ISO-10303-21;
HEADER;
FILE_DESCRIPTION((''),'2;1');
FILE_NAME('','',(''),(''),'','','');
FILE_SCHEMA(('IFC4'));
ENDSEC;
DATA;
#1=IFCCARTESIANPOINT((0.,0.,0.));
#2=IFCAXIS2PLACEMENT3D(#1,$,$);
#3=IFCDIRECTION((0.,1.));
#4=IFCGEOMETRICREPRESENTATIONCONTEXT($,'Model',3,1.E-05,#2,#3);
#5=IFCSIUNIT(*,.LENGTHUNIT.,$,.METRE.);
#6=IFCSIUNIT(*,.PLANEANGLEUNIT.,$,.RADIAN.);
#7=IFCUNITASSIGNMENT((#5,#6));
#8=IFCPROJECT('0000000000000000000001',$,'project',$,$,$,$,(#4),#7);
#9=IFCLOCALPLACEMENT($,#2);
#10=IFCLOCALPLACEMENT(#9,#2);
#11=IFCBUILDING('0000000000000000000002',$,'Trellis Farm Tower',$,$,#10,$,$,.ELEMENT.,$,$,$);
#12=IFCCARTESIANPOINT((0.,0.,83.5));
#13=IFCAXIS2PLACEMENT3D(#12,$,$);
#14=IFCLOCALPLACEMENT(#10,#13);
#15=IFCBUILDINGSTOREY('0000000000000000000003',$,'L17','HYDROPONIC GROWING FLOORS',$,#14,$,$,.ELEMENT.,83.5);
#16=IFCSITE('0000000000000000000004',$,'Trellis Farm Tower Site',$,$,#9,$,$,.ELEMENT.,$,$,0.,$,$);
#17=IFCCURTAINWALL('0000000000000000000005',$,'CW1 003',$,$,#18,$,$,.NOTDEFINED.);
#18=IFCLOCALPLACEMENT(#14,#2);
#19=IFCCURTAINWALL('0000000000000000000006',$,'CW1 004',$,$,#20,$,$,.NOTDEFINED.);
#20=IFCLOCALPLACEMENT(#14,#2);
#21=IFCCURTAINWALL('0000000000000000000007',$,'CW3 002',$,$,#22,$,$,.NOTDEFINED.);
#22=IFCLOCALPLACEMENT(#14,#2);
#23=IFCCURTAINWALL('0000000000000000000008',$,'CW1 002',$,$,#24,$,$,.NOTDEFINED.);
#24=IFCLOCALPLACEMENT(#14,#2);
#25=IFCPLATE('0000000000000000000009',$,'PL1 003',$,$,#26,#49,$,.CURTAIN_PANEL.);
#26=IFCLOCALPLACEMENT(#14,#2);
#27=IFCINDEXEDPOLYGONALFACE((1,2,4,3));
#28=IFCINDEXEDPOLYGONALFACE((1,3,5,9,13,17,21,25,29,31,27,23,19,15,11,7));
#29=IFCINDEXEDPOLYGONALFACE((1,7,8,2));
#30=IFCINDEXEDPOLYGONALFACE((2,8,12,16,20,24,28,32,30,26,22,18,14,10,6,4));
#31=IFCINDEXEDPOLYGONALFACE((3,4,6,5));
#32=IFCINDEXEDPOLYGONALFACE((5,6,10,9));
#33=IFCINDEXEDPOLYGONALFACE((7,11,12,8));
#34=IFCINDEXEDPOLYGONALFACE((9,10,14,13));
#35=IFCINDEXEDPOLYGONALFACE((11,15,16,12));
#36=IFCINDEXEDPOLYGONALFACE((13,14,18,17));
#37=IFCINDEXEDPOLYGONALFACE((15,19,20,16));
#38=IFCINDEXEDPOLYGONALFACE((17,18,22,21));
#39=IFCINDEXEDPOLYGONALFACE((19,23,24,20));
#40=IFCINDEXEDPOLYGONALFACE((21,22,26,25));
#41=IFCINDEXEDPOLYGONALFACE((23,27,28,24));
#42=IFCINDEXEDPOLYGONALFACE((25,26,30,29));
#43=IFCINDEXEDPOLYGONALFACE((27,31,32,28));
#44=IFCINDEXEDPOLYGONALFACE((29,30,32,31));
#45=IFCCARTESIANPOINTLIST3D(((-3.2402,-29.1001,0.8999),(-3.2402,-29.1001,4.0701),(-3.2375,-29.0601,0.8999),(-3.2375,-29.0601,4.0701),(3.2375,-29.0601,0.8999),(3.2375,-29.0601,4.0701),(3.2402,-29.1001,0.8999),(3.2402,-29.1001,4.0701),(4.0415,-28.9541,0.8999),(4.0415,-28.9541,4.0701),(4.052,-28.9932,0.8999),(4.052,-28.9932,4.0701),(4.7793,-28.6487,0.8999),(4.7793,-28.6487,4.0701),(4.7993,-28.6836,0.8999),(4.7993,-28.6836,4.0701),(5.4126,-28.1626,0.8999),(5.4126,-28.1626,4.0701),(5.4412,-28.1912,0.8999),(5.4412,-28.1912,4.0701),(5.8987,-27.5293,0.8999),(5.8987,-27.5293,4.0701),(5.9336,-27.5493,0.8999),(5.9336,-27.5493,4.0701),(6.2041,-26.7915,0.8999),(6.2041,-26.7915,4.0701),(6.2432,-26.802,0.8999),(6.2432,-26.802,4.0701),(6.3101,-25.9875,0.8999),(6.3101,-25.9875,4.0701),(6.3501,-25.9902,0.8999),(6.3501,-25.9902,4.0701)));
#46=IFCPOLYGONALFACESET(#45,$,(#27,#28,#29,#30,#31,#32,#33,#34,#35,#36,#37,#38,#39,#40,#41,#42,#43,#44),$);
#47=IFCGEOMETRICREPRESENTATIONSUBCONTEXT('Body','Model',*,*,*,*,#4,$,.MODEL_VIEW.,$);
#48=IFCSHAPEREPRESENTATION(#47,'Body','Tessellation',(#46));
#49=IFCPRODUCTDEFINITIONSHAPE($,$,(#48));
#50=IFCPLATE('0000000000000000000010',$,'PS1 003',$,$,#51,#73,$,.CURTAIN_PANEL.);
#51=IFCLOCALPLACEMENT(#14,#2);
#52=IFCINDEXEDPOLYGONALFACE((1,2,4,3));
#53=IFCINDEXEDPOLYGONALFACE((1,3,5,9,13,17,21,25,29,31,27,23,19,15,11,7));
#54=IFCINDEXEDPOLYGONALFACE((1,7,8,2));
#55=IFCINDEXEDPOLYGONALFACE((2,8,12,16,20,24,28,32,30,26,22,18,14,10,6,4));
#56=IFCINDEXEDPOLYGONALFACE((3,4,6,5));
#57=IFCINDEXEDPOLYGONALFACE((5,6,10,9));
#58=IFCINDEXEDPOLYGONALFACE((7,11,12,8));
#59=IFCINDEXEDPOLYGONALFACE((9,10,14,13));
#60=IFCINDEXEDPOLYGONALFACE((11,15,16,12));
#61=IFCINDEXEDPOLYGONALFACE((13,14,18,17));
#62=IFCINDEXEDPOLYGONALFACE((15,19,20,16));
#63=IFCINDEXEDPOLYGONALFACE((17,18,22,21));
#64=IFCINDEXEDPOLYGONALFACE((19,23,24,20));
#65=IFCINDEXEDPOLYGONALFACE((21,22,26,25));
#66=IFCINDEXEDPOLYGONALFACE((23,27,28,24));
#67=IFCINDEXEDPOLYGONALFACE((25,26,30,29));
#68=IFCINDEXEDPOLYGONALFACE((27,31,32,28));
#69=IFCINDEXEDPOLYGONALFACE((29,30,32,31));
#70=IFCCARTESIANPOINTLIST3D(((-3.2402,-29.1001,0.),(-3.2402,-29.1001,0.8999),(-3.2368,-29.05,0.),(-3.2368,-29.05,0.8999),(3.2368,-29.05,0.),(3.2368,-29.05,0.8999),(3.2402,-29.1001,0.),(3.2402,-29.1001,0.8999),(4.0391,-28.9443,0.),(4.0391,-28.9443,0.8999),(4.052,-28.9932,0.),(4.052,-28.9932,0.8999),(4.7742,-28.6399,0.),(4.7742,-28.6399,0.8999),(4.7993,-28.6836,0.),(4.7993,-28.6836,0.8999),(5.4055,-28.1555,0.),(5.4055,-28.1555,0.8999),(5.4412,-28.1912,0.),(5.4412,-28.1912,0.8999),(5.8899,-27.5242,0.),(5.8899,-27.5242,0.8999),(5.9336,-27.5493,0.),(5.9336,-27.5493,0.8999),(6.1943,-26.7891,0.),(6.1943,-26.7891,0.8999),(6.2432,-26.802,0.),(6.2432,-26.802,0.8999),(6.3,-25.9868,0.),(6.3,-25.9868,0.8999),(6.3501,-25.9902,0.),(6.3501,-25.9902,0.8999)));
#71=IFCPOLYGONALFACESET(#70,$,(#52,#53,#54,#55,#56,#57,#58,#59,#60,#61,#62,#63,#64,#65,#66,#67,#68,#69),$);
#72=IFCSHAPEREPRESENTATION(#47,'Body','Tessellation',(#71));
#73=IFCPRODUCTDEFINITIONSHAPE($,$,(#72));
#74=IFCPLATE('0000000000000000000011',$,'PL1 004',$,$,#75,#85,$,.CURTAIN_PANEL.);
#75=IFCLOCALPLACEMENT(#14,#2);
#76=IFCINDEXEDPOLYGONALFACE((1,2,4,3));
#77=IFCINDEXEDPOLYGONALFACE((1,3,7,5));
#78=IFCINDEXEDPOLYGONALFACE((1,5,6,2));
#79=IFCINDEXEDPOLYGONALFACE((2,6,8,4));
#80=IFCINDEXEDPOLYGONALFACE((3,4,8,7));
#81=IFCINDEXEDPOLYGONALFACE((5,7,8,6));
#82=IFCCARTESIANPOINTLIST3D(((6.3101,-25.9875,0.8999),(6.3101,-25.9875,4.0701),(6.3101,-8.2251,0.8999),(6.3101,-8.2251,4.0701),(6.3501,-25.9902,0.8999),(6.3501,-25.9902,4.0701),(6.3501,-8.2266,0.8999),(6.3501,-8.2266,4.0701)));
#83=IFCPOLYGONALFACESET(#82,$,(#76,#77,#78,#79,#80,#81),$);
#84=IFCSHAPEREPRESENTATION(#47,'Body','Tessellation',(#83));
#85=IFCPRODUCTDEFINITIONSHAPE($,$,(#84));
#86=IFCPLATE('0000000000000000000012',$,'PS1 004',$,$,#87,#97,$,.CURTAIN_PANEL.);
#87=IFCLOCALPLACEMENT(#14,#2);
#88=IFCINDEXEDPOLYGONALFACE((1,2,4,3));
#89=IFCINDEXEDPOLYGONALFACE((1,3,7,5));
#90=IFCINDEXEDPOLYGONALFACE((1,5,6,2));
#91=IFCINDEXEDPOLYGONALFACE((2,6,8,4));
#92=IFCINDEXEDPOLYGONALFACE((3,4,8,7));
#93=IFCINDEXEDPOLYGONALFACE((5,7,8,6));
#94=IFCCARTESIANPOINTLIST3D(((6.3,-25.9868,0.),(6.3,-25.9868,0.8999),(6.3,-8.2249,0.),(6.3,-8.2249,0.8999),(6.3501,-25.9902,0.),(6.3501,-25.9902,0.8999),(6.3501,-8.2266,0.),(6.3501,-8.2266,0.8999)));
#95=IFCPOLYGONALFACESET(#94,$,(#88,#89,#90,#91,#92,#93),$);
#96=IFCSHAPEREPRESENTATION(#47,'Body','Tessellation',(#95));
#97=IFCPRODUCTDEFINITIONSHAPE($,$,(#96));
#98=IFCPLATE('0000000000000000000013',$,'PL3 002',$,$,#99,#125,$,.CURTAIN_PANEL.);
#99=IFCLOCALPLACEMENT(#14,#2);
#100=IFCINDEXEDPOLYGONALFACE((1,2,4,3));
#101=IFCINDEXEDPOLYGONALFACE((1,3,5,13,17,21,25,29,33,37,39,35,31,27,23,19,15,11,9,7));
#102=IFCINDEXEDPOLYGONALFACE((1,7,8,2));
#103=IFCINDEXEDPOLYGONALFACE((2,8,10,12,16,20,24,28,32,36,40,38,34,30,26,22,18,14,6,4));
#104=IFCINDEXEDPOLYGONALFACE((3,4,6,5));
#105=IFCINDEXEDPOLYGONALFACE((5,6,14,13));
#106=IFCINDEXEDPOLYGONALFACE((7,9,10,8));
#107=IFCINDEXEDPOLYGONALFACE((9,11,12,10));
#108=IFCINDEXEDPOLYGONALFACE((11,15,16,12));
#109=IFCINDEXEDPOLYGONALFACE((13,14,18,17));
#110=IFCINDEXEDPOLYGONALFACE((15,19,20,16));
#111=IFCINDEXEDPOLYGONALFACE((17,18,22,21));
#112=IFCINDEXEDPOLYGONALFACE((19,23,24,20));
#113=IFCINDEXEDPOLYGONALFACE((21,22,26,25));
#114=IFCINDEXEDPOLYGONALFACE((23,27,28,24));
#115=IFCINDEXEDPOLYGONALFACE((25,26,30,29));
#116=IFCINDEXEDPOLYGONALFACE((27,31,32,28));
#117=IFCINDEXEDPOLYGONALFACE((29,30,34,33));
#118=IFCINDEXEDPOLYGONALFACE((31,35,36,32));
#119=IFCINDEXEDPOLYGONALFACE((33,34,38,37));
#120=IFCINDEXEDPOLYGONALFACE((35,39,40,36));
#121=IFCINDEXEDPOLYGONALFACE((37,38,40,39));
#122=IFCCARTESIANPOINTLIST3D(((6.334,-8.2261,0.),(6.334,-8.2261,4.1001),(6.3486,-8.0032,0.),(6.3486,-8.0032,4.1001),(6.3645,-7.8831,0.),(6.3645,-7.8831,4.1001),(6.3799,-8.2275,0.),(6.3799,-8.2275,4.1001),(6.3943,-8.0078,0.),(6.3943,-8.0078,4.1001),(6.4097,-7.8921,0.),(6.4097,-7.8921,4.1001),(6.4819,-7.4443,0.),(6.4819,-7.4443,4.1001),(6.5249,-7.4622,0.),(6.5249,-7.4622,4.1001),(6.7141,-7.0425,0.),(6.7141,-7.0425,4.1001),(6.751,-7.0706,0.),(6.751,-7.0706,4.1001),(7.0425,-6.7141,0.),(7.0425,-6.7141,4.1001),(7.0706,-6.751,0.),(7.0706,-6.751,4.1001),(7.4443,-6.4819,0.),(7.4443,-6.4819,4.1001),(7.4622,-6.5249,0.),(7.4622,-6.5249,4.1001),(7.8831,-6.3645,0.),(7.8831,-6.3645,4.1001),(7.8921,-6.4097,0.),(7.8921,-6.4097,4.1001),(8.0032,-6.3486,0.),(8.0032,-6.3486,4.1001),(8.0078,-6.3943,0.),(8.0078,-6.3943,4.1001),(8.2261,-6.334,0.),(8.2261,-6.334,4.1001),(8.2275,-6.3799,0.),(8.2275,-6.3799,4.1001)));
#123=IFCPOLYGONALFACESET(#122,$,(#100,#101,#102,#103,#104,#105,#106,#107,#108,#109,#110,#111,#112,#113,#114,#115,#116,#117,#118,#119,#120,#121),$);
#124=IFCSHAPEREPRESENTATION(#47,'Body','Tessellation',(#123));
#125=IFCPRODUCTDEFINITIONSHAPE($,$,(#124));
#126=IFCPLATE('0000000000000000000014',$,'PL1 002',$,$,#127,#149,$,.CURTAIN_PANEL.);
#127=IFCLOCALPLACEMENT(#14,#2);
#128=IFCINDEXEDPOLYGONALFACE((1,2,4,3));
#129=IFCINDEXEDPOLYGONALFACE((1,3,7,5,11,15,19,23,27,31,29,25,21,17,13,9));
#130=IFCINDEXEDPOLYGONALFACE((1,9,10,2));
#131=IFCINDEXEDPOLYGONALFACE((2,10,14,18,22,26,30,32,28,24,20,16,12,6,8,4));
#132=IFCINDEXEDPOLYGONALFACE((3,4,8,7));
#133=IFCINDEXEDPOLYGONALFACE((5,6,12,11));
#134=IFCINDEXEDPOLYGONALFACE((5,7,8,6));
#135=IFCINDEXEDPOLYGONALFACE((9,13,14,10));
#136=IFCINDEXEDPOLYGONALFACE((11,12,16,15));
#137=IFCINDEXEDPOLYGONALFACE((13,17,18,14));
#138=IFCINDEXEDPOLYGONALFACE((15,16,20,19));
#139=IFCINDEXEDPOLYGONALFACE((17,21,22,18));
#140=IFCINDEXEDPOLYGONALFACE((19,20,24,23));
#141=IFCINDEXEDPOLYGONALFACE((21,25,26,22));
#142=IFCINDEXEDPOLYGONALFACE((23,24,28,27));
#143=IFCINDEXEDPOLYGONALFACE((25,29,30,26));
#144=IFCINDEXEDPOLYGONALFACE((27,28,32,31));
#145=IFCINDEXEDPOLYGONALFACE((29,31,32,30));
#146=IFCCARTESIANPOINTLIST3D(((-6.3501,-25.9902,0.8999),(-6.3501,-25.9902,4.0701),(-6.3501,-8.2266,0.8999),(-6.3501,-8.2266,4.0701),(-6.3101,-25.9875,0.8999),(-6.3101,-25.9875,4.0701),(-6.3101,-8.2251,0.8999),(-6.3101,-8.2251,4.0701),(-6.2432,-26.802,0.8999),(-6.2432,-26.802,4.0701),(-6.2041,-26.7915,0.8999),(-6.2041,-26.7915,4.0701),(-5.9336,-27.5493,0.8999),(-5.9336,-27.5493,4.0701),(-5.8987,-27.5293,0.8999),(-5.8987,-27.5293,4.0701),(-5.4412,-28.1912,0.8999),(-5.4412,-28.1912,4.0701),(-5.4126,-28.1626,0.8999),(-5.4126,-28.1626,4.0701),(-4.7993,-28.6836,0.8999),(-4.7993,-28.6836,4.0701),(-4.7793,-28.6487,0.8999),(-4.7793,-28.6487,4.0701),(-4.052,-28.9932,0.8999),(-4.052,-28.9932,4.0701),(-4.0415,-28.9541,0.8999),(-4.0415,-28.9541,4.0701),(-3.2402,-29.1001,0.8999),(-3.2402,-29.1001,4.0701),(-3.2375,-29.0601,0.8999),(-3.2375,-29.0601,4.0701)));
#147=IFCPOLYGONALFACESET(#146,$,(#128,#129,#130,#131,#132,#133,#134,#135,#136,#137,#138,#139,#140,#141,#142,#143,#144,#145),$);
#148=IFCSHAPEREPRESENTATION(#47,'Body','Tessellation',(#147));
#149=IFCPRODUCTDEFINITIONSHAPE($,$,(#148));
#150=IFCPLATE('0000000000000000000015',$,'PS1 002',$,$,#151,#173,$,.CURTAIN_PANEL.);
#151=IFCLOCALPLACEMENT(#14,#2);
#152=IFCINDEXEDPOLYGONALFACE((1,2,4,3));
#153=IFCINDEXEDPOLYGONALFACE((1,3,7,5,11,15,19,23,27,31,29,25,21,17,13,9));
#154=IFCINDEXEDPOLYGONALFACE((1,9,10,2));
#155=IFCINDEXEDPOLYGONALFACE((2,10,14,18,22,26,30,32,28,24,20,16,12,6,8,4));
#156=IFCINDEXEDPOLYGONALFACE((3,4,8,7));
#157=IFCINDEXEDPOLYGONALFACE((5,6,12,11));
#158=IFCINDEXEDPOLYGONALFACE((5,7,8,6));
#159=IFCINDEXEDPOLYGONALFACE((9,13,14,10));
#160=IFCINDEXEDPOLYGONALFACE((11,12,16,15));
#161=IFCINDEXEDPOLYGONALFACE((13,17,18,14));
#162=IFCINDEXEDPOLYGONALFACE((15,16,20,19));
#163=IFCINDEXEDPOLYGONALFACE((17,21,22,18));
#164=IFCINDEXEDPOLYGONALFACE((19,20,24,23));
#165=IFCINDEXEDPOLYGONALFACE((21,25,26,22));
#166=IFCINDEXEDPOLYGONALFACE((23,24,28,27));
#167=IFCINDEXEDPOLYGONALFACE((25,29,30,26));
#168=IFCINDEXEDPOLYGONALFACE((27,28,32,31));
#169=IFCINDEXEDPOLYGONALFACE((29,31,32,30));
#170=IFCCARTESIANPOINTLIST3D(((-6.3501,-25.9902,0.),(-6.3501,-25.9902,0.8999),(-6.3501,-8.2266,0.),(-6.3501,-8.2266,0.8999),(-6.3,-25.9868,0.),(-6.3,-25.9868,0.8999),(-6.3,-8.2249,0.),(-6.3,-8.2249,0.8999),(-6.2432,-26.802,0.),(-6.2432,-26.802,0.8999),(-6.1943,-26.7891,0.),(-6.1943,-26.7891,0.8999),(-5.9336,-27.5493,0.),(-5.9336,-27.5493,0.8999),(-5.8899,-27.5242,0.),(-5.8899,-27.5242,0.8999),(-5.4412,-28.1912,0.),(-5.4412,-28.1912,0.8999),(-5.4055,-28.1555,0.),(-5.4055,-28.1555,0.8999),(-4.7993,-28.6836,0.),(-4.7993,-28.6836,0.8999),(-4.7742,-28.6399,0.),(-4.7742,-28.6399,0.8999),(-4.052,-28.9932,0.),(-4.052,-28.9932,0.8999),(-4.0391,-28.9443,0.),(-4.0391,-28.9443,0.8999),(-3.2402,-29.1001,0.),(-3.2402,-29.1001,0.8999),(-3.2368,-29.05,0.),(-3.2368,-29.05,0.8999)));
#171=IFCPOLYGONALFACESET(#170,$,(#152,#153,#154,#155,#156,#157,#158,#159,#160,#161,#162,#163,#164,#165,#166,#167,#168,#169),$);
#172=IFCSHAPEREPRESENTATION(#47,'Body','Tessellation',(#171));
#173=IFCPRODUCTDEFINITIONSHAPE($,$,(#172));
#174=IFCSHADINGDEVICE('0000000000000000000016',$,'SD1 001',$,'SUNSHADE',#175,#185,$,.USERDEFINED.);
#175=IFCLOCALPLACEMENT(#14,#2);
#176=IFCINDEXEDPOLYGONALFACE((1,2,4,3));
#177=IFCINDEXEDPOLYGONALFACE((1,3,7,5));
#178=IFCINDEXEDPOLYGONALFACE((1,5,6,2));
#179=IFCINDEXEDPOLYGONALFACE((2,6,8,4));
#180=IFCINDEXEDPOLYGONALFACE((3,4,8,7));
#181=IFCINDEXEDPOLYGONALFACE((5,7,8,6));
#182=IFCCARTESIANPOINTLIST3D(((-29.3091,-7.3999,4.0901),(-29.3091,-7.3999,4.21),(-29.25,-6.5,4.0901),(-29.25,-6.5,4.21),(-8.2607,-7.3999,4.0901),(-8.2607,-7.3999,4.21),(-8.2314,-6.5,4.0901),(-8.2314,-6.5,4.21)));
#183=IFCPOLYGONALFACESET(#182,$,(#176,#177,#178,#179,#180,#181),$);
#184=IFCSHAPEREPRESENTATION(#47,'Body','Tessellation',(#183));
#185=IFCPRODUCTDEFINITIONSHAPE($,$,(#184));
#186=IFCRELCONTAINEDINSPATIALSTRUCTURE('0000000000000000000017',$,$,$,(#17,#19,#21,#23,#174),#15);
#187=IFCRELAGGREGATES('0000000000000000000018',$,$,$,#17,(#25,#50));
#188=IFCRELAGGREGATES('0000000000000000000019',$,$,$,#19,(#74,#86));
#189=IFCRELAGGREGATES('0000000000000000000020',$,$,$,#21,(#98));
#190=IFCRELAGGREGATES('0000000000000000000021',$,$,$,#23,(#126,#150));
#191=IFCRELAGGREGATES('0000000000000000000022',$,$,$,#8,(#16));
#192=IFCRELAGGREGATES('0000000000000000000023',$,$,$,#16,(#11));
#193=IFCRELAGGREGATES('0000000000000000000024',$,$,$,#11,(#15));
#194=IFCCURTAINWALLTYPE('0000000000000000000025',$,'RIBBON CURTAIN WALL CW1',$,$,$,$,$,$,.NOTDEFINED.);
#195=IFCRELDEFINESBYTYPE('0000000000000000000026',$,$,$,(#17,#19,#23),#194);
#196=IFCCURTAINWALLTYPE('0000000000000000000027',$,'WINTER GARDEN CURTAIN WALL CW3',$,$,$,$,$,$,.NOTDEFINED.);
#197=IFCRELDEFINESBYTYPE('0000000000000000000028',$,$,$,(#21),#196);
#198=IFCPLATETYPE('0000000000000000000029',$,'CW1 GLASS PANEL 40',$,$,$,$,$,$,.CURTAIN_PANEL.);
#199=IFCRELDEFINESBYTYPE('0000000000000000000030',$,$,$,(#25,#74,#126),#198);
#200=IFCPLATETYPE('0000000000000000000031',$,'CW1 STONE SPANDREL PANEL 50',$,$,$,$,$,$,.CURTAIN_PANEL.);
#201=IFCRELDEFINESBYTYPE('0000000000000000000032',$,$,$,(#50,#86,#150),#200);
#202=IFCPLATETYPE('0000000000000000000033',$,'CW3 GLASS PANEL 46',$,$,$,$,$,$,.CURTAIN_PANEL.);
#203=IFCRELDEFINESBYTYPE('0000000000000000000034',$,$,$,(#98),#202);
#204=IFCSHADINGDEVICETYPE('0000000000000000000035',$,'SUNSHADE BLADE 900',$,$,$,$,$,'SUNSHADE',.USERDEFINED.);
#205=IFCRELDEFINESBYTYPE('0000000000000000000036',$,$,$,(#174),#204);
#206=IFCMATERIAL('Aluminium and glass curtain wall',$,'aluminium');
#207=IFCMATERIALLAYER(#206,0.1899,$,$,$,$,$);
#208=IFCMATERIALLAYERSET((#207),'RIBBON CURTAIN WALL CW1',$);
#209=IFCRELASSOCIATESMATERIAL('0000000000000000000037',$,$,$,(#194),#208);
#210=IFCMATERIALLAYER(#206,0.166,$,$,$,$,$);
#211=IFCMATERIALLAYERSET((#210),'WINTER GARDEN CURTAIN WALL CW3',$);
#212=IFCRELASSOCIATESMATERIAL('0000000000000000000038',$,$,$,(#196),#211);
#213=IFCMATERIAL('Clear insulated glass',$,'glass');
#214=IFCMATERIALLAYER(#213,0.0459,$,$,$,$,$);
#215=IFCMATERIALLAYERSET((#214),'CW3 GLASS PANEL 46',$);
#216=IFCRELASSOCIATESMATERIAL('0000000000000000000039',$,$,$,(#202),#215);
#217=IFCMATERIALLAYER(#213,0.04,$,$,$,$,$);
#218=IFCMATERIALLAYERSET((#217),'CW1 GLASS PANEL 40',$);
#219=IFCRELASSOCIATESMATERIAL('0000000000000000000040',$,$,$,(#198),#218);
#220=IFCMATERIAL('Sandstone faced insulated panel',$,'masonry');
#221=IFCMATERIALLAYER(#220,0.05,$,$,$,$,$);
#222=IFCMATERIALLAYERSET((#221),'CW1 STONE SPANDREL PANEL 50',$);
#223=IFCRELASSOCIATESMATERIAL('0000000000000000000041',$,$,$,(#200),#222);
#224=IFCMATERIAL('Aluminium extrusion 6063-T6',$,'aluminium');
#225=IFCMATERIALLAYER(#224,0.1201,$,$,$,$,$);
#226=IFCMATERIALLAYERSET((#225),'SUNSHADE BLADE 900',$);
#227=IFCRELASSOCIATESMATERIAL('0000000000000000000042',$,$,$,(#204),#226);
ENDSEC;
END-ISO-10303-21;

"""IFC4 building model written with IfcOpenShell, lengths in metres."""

from ifc_helpers import new_model, si_unit, direction, frame, origin, place, context, subcontext, project, spatial, polyline, outline, extrude, source, transform, mapped, material, layer, layer_set, type_object, element, aggregate, save


model = new_model("IFC4")

# Units and contexts
model_context = context("Model", 3, precision=1e-05, world=origin(), true_north=direction((0.0, 1.0)))
body_context = subcontext(model_context, "Body", "Model", "MODEL_VIEW")
ifc_project = project(units=[si_unit("LENGTHUNIT", "METRE"), si_unit("PLANEANGLEUNIT", "RADIAN")], contexts=[model_context])

# Site, building, storey
site_placement = place(None, origin())
site = spatial("IfcSite", under=ifc_project, at=site_placement, Name="Trellis Farm Tower Site", CompositionType="ELEMENT", RefElevation=0.0)
building_placement = place(site_placement, origin())
building = spatial("IfcBuilding", under=site, at=building_placement, Name="Trellis Farm Tower", CompositionType="ELEMENT")
storey_placement = place(building_placement, frame((0.0, 0.0, 83.5)))
storey = spatial("IfcBuildingStorey", under=building, at=storey_placement, Name="L17", Description="HYDROPONIC GROWING FLOORS", CompositionType="ELEMENT", Elevation=83.5)

# Curtain walls
ifc_material_1 = material(Name="Aluminium and glass curtain wall", Category="aluminium")
ifc_layer_1 = layer(ifc_material_1, 0.1899)
ifc_layer_set_1 = layer_set([ifc_layer_1], Name="RIBBON CURTAIN WALL CW1")
curtain_wall_type_1 = type_object("IfcCurtainWallType", Name="RIBBON CURTAIN WALL CW1", PredefinedType="NOTDEFINED", material=ifc_layer_set_1)
placement_1 = place(storey_placement, origin())
ifc_material_2 = material(Name="Aluminium extrusion 6063-T6", Category="aluminium")
ifc_layer_2 = layer(ifc_material_1, 0.166)
ifc_layer_set_2 = layer_set([ifc_layer_2], Name="WINTER GARDEN CURTAIN WALL CW3")
curtain_wall_type_2 = type_object("IfcCurtainWallType", Name="WINTER GARDEN CURTAIN WALL CW3", PredefinedType="NOTDEFINED", material=ifc_layer_set_2)
curtain_wall_1 = element("IfcCurtainWall", 1, at=placement_1, inside=storey, type_object=curtain_wall_type_1, Name="CW1 003", PredefinedType="NOTDEFINED")
curtain_wall_2 = element("IfcCurtainWall", 2, at=placement_1, inside=storey, type_object=curtain_wall_type_1, Name="CW1 004", PredefinedType="NOTDEFINED")
curtain_wall_3 = element("IfcCurtainWall", 3, at=placement_1, inside=storey, type_object=curtain_wall_type_2, Name="CW3 002", PredefinedType="NOTDEFINED")
curtain_wall_4 = element("IfcCurtainWall", 4, at=placement_1, inside=storey, type_object=curtain_wall_type_1, Name="CW1 002", PredefinedType="NOTDEFINED")

# Plates
ifc_material_3 = material(Name="Clear insulated glass", Category="glass")
ifc_layer_3 = layer(ifc_material_3, 0.0459)
ifc_layer_set_3 = layer_set([ifc_layer_3], Name="CW3 GLASS PANEL 46")
plate_type_1 = type_object("IfcPlateType", Name="CW3 GLASS PANEL 46", PredefinedType="CURTAIN_PANEL", material=ifc_layer_set_3)
ifc_layer_4 = layer(ifc_material_3, 0.04)
ifc_layer_set_4 = layer_set([ifc_layer_4], Name="CW1 GLASS PANEL 40")
plate_type_2 = type_object("IfcPlateType", Name="CW1 GLASS PANEL 40", PredefinedType="CURTAIN_PANEL", material=ifc_layer_set_4)
shared_shape_1 = source(origin(), body_context, "Body", "SweptSolid", [
    extrude(outline(polyline([(-3.2402, -29.1001), (3.2402, -29.1001), (4.052, -28.9932), (4.7993, -28.6836), (5.4412, -28.1912), (5.9336, -27.5493), (6.2432, -26.802), (6.3501, -25.9902), (6.3101, -25.9875), (6.2041, -26.7915), (5.8987, -27.5293), (5.4126, -28.1626), (4.7793, -28.6487), (4.0415, -28.9541), (3.2375, -29.0601), (-3.2375, -29.0601), (-3.2402, -29.1001)])), origin(), (0.0, 0.0, 1.0), 3.1702),
])
placement_2 = place(storey_placement, frame((0.0, 0.0, 0.8999)))
plate_1 = element("IfcPlate", 5, at=placement_2, type_object=plate_type_2, Name="PL1 003", PredefinedType="CURTAIN_PANEL", context=body_context, shape_type="MappedRepresentation", body=[
    mapped(shared_shape_1, transform((0.0, 0.0, 0.0))),
])
ifc_material_4 = material(Name="Sandstone faced insulated panel", Category="masonry")
ifc_layer_5 = layer(ifc_material_4, 0.05)
ifc_layer_set_5 = layer_set([ifc_layer_5], Name="CW1 STONE SPANDREL PANEL 50")
plate_type_3 = type_object("IfcPlateType", Name="CW1 STONE SPANDREL PANEL 50", PredefinedType="CURTAIN_PANEL", material=ifc_layer_set_5)
shared_shape_2 = source(origin(), body_context, "Body", "SweptSolid", [
    extrude(outline(polyline([(-3.2402, -29.1001), (3.2402, -29.1001), (4.052, -28.9932), (4.7993, -28.6836), (5.4412, -28.1912), (5.9336, -27.5493), (6.2432, -26.802), (6.3501, -25.9902), (6.3, -25.9868), (6.1943, -26.7891), (5.8899, -27.5242), (5.4055, -28.1555), (4.7742, -28.6399), (4.0391, -28.9443), (3.2368, -29.05), (-3.2368, -29.05), (-3.2402, -29.1001)])), origin(), (0.0, 0.0, 1.0), 0.8999),
])
plate_2 = element("IfcPlate", 6, at=placement_1, type_object=plate_type_3, Name="PS1 003", PredefinedType="CURTAIN_PANEL", context=body_context, shape_type="MappedRepresentation", body=[
    mapped(shared_shape_2, transform((0.0, 0.0, 0.0))),
])
aggregate(curtain_wall_1, [plate_1, plate_2])
shared_shape_3 = source(origin(), body_context, "Body", "SweptSolid", [
    extrude(outline(polyline([(6.3501, -25.9902), (6.3501, -8.2266), (6.3101, -8.2251), (6.3101, -25.9875), (6.3501, -25.9902)])), origin(), (0.0, 0.0, 1.0), 3.1702),
])
plate_3 = element("IfcPlate", 7, at=placement_2, type_object=plate_type_2, Name="PL1 004", PredefinedType="CURTAIN_PANEL", context=body_context, shape_type="MappedRepresentation", body=[
    mapped(shared_shape_3, transform((0.0, 0.0, 0.0))),
])
shared_shape_4 = source(origin(), body_context, "Body", "SweptSolid", [
    extrude(outline(polyline([(6.3501, -25.9902), (6.3501, -8.2266), (6.3, -8.2249), (6.3, -25.9868), (6.3501, -25.9902)])), origin(), (0.0, 0.0, 1.0), 0.8999),
])
plate_4 = element("IfcPlate", 8, at=placement_1, type_object=plate_type_3, Name="PS1 004", PredefinedType="CURTAIN_PANEL", context=body_context, shape_type="MappedRepresentation", body=[
    mapped(shared_shape_4, transform((0.0, 0.0, 0.0))),
])
aggregate(curtain_wall_2, [plate_3, plate_4])
shared_shape_5 = source(origin(), body_context, "Body", "SweptSolid", [
    extrude(outline(polyline([(6.3799, -8.2275), (6.3943, -8.0078), (6.4097, -7.8921), (6.5249, -7.4622), (6.751, -7.0706), (7.0706, -6.751), (7.4622, -6.5249), (7.8921, -6.4097), (8.0078, -6.3943), (8.2275, -6.3799), (8.2261, -6.334), (8.0032, -6.3486), (7.8831, -6.3645), (7.4443, -6.4819), (7.0425, -6.7141), (6.7141, -7.0425), (6.4819, -7.4443), (6.3645, -7.8831), (6.3486, -8.0032), (6.334, -8.2261), (6.3799, -8.2275)])), origin(), (0.0, 0.0, 1.0), 4.1001),
])
plate_5 = element("IfcPlate", 9, at=placement_1, type_object=plate_type_1, Name="PL3 002", PredefinedType="CURTAIN_PANEL", context=body_context, shape_type="MappedRepresentation", body=[
    mapped(shared_shape_5, transform((0.0, 0.0, 0.0))),
])
aggregate(curtain_wall_3, [plate_5])
shared_shape_6 = source(origin(), body_context, "Body", "SweptSolid", [
    extrude(outline(polyline([(-6.3501, -8.2266), (-6.3501, -25.9902), (-6.2432, -26.802), (-5.9336, -27.5493), (-5.4412, -28.1912), (-4.7993, -28.6836), (-4.052, -28.9932), (-3.2402, -29.1001), (-3.2375, -29.0601), (-4.0415, -28.9541), (-4.7793, -28.6487), (-5.4126, -28.1626), (-5.8987, -27.5293), (-6.2041, -26.7915), (-6.3101, -25.9875), (-6.3101, -8.2251), (-6.3501, -8.2266)])), origin(), (0.0, 0.0, 1.0), 3.1702),
])
plate_6 = element("IfcPlate", 10, at=placement_2, type_object=plate_type_2, Name="PL1 002", PredefinedType="CURTAIN_PANEL", context=body_context, shape_type="MappedRepresentation", body=[
    mapped(shared_shape_6, transform((0.0, 0.0, 0.0))),
])
shared_shape_7 = source(origin(), body_context, "Body", "SweptSolid", [
    extrude(outline(polyline([(-6.3501, -8.2266), (-6.3501, -25.9902), (-6.2432, -26.802), (-5.9336, -27.5493), (-5.4412, -28.1912), (-4.7993, -28.6836), (-4.052, -28.9932), (-3.2402, -29.1001), (-3.2368, -29.05), (-4.0391, -28.9443), (-4.7742, -28.6399), (-5.4055, -28.1555), (-5.8899, -27.5242), (-6.1943, -26.7891), (-6.3, -25.9868), (-6.3, -8.2249), (-6.3501, -8.2266)])), origin(), (0.0, 0.0, 1.0), 0.8999),
])
plate_7 = element("IfcPlate", 11, at=placement_1, type_object=plate_type_3, Name="PS1 002", PredefinedType="CURTAIN_PANEL", context=body_context, shape_type="MappedRepresentation", body=[
    mapped(shared_shape_7, transform((0.0, 0.0, 0.0))),
])
aggregate(curtain_wall_4, [plate_6, plate_7])

# Shading device
ifc_layer_6 = layer(ifc_material_2, 0.1201)
ifc_layer_set_6 = layer_set([ifc_layer_6], Name="SUNSHADE BLADE 900")
shading_device_type_1 = type_object("IfcShadingDeviceType", Name="SUNSHADE BLADE 900", ElementType="SUNSHADE", PredefinedType="USERDEFINED", material=ifc_layer_set_6)
shared_shape_8 = source(origin(), body_context, "Body", "SweptSolid", [
    extrude(outline(polyline([(-29.3091, -7.3999), (-8.2607, -7.3999), (-8.2314, -6.5), (-29.25, -6.5), (-29.3091, -7.3999)])), origin(), (0.0, 0.0, 1.0), 0.1199),
])
placement_3 = place(storey_placement, frame((0.0, 0.0, 4.0901)))
element("IfcShadingDevice", 12, at=placement_3, inside=storey, type_object=shading_device_type_1, Name="SD1 001", ObjectType="SUNSHADE", PredefinedType="USERDEFINED", context=body_context, shape_type="MappedRepresentation", body=[
    mapped(shared_shape_8, transform((0.0, 0.0, 0.0))),
])

save(model, "model.ifc")
